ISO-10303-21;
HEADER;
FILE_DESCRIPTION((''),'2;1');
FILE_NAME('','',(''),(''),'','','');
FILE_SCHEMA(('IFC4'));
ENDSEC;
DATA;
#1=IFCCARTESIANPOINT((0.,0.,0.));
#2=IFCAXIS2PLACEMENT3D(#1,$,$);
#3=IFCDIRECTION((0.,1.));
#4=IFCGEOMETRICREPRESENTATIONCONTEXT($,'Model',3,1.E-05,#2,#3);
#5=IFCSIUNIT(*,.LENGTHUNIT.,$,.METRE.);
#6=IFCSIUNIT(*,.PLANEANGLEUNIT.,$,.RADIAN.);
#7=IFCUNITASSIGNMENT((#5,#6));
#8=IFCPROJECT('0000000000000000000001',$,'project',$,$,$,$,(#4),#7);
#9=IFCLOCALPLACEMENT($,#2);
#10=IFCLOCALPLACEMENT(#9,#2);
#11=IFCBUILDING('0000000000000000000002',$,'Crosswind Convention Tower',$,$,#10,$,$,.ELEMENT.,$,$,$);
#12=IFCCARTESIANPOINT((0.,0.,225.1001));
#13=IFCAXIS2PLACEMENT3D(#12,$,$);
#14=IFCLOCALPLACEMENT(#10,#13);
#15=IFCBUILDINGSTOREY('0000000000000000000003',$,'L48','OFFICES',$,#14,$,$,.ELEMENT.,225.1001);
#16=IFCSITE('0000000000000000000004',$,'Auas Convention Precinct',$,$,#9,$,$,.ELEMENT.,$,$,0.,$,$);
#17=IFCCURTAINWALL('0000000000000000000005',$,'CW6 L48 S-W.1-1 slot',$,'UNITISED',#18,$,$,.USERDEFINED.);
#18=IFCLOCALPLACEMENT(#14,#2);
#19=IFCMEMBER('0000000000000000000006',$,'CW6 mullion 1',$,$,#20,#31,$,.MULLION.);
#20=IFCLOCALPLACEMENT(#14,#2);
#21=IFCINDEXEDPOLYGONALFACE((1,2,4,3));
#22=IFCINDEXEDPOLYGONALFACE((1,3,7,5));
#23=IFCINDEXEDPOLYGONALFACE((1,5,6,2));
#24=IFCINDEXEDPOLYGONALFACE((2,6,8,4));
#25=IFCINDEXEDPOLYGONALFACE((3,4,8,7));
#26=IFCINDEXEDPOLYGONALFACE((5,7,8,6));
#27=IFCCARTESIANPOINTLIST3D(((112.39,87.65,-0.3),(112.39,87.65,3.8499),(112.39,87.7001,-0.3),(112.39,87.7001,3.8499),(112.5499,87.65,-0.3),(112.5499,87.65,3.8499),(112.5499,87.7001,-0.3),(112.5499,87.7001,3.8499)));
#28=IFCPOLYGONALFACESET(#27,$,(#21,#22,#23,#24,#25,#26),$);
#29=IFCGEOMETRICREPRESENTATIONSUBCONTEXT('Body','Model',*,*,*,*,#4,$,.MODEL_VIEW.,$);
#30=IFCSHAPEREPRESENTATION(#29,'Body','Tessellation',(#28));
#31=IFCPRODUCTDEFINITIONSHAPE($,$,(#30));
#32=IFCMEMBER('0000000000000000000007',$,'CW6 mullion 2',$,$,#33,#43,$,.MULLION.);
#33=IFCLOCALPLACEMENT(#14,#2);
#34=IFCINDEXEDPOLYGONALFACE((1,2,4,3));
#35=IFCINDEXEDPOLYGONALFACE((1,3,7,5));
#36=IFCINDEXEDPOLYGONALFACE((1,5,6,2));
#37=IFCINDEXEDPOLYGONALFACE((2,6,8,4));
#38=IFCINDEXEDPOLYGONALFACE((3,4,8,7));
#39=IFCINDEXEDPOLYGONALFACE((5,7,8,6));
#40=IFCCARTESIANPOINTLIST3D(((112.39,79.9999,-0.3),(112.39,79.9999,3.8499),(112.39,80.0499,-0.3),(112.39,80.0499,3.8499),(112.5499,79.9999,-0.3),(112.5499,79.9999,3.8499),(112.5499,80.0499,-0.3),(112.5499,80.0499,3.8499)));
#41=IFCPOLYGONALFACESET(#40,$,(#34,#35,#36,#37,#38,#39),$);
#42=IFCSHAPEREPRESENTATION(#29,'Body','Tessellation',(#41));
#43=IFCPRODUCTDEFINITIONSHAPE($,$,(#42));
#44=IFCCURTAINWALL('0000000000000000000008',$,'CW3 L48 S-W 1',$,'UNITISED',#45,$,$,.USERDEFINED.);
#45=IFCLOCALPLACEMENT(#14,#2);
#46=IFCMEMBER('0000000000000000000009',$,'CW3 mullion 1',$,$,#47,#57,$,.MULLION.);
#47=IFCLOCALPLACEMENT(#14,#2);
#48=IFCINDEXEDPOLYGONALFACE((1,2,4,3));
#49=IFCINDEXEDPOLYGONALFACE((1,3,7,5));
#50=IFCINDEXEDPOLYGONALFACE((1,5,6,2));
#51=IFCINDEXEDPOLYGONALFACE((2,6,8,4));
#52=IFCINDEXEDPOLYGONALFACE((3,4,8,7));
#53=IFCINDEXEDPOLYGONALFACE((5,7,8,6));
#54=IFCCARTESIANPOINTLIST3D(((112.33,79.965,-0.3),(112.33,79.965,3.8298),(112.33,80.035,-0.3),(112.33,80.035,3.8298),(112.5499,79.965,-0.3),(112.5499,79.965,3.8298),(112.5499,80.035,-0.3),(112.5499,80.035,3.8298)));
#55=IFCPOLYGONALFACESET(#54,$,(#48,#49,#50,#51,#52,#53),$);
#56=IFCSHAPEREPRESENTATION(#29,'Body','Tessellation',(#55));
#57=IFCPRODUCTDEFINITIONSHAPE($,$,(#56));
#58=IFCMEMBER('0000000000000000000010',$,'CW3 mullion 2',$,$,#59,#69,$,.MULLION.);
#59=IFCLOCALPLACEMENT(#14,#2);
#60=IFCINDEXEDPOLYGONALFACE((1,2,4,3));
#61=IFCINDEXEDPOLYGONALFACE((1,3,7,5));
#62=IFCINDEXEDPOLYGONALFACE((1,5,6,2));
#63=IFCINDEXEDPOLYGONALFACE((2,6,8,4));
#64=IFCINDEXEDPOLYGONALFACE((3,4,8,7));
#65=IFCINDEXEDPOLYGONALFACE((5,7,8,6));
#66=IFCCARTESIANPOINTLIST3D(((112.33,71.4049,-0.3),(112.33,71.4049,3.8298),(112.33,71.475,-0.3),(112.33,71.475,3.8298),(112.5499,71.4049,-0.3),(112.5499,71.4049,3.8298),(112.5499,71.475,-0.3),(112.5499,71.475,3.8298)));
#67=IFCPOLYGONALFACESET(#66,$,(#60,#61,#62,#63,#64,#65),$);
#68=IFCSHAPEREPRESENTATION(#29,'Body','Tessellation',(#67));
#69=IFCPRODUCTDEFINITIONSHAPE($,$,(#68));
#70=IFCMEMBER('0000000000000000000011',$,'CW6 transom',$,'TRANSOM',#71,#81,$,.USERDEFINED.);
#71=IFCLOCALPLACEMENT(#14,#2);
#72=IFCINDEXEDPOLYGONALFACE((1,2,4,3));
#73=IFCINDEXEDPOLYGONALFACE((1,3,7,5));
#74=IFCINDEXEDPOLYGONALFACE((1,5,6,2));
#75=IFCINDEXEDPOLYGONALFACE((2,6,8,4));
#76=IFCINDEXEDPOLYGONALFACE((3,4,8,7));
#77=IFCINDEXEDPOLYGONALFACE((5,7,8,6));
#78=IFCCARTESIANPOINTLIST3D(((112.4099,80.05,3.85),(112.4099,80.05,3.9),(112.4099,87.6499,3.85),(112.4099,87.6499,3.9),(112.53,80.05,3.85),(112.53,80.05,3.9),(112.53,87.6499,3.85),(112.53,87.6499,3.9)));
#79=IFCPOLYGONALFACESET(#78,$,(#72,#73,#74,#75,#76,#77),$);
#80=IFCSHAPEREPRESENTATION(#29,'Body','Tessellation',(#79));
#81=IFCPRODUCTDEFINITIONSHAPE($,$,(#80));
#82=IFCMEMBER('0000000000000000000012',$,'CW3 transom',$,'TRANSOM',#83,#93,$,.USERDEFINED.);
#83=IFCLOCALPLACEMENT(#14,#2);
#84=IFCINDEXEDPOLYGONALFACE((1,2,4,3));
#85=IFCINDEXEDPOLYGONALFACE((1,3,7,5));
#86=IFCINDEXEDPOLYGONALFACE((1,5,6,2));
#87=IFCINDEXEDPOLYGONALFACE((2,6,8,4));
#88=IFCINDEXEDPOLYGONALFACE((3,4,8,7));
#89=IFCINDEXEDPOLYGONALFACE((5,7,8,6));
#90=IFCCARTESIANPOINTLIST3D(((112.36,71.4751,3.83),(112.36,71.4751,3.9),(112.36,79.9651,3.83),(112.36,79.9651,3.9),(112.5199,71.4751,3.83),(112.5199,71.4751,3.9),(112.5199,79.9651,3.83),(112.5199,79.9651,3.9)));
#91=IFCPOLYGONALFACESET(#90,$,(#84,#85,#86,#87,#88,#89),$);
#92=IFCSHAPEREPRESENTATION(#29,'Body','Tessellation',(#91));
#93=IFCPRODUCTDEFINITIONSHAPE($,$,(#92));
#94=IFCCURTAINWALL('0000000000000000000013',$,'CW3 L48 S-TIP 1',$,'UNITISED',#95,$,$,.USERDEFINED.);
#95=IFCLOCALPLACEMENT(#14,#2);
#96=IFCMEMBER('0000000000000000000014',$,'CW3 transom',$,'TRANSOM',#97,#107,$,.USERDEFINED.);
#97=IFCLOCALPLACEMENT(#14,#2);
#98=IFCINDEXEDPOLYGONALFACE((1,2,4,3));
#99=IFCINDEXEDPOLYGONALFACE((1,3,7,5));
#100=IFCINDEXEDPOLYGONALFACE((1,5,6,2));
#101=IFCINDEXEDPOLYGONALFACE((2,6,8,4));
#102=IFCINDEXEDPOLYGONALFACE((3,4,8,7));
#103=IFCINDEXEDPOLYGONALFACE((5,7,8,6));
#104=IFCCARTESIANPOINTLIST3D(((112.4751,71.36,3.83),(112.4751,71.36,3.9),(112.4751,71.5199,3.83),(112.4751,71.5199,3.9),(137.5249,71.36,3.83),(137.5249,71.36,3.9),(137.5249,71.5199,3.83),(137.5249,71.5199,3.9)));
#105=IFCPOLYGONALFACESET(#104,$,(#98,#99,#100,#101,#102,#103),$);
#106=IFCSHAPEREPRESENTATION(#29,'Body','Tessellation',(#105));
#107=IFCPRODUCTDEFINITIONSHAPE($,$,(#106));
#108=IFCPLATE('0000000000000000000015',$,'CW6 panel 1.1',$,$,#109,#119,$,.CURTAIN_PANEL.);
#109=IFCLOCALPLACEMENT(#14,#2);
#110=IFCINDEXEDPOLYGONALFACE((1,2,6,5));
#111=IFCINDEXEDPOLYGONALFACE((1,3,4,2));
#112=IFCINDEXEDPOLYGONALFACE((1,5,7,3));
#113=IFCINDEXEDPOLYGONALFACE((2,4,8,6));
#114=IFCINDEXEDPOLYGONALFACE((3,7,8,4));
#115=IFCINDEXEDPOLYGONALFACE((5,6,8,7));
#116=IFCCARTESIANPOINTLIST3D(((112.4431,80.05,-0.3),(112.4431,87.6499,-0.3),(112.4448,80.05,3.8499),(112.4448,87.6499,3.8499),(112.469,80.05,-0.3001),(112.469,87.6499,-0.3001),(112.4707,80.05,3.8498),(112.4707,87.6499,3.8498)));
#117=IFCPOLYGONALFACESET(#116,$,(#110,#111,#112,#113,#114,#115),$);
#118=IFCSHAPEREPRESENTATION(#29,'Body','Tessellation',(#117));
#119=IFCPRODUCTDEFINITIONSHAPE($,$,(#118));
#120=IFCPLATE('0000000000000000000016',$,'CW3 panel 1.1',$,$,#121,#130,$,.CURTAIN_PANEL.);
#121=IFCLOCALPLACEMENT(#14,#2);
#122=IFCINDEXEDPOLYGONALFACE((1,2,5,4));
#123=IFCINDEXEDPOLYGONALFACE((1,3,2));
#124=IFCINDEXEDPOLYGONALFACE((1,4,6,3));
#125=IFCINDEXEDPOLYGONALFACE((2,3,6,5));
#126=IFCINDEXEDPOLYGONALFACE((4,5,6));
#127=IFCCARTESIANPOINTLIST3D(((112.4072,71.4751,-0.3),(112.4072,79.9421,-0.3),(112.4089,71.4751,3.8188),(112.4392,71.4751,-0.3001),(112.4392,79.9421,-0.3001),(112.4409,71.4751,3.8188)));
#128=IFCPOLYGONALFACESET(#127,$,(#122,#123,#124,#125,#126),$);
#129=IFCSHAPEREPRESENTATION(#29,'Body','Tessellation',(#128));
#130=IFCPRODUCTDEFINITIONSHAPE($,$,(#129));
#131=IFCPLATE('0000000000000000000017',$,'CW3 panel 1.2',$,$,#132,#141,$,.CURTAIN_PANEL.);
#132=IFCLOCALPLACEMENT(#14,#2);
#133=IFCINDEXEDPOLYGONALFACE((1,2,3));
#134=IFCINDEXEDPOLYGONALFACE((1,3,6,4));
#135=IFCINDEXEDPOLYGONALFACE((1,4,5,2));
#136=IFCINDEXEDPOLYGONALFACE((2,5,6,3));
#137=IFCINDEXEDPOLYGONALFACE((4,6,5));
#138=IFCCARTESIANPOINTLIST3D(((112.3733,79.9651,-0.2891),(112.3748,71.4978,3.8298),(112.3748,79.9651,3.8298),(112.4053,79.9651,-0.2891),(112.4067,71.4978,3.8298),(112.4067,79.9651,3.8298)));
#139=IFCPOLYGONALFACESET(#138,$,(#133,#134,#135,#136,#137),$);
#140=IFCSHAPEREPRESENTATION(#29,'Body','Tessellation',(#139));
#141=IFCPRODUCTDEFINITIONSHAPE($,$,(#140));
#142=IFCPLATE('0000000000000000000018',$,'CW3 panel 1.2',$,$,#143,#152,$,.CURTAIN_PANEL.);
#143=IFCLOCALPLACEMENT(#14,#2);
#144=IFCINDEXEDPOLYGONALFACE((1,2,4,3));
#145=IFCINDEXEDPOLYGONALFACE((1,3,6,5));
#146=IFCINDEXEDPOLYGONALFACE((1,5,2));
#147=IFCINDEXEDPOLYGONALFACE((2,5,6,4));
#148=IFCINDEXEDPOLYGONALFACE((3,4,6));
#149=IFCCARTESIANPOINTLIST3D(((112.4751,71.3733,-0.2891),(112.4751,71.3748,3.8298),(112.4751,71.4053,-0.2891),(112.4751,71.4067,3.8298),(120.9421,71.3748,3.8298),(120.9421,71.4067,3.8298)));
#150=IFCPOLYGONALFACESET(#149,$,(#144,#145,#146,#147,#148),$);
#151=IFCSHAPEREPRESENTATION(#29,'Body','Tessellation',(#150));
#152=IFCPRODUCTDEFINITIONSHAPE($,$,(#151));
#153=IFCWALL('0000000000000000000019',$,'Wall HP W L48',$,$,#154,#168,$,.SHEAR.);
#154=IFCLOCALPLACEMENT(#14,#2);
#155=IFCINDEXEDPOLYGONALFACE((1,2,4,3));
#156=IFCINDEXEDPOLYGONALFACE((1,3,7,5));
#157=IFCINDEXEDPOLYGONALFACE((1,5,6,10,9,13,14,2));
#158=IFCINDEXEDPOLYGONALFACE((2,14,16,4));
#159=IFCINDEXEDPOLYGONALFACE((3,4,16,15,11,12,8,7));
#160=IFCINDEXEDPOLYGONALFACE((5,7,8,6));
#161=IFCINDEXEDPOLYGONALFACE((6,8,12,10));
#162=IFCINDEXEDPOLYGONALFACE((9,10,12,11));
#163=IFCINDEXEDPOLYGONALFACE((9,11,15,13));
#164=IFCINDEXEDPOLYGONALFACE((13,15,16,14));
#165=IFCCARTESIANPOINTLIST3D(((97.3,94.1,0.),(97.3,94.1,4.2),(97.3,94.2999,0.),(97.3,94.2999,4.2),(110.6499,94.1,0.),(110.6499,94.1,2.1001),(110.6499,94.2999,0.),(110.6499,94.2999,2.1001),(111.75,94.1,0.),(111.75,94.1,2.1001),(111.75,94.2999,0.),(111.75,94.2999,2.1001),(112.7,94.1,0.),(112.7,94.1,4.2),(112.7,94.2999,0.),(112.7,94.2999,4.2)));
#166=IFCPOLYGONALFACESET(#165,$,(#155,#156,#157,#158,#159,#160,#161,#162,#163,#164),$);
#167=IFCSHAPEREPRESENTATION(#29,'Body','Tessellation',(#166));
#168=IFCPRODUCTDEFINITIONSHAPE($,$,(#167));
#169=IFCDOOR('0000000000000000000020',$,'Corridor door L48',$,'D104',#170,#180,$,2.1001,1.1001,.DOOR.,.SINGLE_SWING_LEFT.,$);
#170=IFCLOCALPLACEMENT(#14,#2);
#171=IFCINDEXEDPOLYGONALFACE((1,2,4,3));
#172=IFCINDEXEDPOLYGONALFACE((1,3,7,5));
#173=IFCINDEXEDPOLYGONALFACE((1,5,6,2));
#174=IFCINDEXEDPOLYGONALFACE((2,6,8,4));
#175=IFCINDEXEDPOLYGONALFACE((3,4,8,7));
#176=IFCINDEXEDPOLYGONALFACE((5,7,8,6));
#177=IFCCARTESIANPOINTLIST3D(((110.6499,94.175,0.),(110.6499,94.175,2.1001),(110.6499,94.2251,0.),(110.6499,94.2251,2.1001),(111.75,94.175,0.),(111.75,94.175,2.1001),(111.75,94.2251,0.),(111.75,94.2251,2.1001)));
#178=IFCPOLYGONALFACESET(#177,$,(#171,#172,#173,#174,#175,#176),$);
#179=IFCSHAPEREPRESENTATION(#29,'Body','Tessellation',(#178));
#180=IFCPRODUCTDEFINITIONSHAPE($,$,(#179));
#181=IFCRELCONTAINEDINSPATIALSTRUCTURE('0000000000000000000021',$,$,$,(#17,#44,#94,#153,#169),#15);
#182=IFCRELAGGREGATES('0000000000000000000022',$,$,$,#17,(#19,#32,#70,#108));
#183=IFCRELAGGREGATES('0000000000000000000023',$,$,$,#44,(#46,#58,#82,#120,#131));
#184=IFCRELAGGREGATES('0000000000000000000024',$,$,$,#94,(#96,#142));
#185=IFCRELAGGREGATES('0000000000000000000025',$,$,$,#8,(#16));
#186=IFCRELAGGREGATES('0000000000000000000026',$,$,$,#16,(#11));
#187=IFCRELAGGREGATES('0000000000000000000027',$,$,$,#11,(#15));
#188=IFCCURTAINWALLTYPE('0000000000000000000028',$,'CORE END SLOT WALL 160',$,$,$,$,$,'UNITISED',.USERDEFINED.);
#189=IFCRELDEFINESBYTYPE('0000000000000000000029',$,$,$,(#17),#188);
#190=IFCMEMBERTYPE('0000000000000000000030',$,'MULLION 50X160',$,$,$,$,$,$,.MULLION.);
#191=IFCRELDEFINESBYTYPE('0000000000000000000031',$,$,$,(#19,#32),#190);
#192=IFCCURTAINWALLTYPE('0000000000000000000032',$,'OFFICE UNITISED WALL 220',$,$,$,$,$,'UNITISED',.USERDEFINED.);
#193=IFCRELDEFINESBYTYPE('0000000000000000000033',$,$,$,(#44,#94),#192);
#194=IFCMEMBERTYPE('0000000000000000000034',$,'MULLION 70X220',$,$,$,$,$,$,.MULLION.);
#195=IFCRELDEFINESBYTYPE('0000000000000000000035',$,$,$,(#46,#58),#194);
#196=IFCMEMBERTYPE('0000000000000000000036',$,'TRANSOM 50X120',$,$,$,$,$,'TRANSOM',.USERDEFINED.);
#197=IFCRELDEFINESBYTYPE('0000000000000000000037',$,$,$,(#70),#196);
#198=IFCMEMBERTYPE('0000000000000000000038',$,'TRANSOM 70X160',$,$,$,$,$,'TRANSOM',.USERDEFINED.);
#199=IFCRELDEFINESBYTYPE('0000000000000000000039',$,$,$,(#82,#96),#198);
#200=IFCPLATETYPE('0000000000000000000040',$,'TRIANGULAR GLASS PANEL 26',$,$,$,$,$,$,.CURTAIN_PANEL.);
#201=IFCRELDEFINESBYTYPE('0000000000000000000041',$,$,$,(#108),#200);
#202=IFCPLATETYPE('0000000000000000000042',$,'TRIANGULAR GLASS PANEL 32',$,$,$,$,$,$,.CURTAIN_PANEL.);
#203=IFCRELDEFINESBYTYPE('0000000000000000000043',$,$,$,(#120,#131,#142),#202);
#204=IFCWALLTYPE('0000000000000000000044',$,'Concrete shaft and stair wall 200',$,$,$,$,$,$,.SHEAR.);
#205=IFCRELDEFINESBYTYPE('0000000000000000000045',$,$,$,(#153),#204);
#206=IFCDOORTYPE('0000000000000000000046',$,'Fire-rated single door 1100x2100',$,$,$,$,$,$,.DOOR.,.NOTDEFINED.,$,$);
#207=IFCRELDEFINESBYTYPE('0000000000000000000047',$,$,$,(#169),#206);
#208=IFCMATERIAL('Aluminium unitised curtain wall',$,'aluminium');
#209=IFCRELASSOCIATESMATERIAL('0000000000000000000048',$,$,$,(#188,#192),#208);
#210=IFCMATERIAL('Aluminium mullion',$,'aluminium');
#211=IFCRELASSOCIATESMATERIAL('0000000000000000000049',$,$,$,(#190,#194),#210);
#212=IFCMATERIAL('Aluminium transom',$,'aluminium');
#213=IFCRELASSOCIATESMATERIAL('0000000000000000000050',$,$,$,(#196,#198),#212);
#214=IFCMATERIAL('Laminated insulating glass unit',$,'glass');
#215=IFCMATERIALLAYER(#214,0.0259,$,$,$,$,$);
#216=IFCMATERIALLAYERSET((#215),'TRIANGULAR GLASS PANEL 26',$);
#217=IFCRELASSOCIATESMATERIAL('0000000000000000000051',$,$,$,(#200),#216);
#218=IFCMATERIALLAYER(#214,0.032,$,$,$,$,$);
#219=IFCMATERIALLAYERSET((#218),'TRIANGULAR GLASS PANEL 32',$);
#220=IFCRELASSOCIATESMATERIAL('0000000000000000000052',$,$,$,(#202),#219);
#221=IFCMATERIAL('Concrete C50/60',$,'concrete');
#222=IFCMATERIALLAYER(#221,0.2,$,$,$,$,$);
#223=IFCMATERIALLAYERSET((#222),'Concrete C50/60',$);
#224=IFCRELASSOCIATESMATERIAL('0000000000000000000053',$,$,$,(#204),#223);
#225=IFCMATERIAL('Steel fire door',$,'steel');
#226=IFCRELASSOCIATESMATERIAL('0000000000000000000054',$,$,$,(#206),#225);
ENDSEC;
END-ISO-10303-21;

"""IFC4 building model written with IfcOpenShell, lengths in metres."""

from ifc_helpers import new_model, si_unit, direction, frame, frame_2d, origin, origin_2d, place, context, subcontext, project, spatial, polyline, rectangle, outline, extrude, material, layer, layer_set, material_profile, profile_set, type_object, element, fill, aggregate, save


model = new_model("IFC4")

# Units and contexts
model_context = context("Model", 3, precision=1e-05, world=origin(), true_north=direction((0.0, 1.0)))
body_context = subcontext(model_context, "Body", "Model", "MODEL_VIEW")
ifc_project = project(units=[si_unit("LENGTHUNIT", "METRE"), si_unit("PLANEANGLEUNIT", "RADIAN")], contexts=[model_context])

# Site, building, storey
site_placement = place(None, origin())
site = spatial("IfcSite", under=ifc_project, at=site_placement, Name="Auas Convention Precinct", CompositionType="ELEMENT", RefElevation=0.0)
building_placement = place(site_placement, origin())
building = spatial("IfcBuilding", under=site, at=building_placement, Name="Crosswind Convention Tower", CompositionType="ELEMENT")
storey_placement = place(building_placement, frame((0.0, 0.0, 225.1001)))
storey = spatial("IfcBuildingStorey", under=building, at=storey_placement, Name="L48", Description="OFFICES", CompositionType="ELEMENT", Elevation=225.1001)

# Curtain walls, members
ifc_material_1 = material(Name="Aluminium unitised curtain wall", Category="aluminium")
curtain_wall_type_1 = type_object("IfcCurtainWallType", Name="CORE END SLOT WALL 160", ElementType="UNITISED", PredefinedType="USERDEFINED", material=ifc_material_1)
curtain_wall_1_placement = place(storey_placement, origin())
curtain_wall_1 = element("IfcCurtainWall", 1, at=curtain_wall_1_placement, inside=storey, type_object=curtain_wall_type_1, Name="CW6 L48 S-W.1-1 slot", ObjectType="UNITISED", PredefinedType="USERDEFINED")
ifc_material_2 = material(Name="Aluminium mullion", Category="aluminium")
ifc_material_profile_1 = material_profile(ifc_material_2, rectangle(XDim=0.1599, YDim=0.05, at=origin_2d()), Name="AL 160X50")
ifc_profile_set_1 = profile_set([ifc_material_profile_1], Name="Aluminium mullion")
member_type_1 = type_object("IfcMemberType", Name="MULLION 50X160", PredefinedType="MULLION", material=ifc_profile_set_1)
member_1_placement = place(storey_placement, frame((112.47, 87.675, -0.3), z_axis=(0.0, 0.0, 1.0), x_axis=(-1.0, 0.0, 0.0)))
member_1 = element("IfcMember", 2, at=member_1_placement, type_object=member_type_1, Name="CW6 mullion 1", PredefinedType="MULLION", context=body_context, shape_type="SweptSolid", body=[
    extrude(rectangle(XDim=0.1599, YDim=0.05, at=origin_2d()), origin(), (0.0, 0.0, 1.0), 4.1499),
])
member_2_placement = place(storey_placement, frame((112.47, 80.0249, -0.3), z_axis=(0.0, 0.0, 1.0), x_axis=(-1.0, 0.0, 0.0)))
member_2 = element("IfcMember", 3, at=member_2_placement, type_object=member_type_1, Name="CW6 mullion 2", PredefinedType="MULLION", context=body_context, shape_type="SweptSolid", body=[
    extrude(rectangle(XDim=0.1599, YDim=0.05, at=origin_2d()), origin(), (0.0, 0.0, 1.0), 4.1499),
])
curtain_wall_type_2 = type_object("IfcCurtainWallType", Name="OFFICE UNITISED WALL 220", ElementType="UNITISED", PredefinedType="USERDEFINED", material=ifc_material_1)
curtain_wall_2_placement = place(storey_placement, origin())
curtain_wall_2 = element("IfcCurtainWall", 4, at=curtain_wall_2_placement, inside=storey, type_object=curtain_wall_type_2, Name="CW3 L48 S-W 1", ObjectType="UNITISED", PredefinedType="USERDEFINED")
ifc_material_profile_2 = material_profile(ifc_material_2, rectangle(XDim=0.22, YDim=0.0701, at=origin_2d()), Name="AL 220X70")
ifc_profile_set_2 = profile_set([ifc_material_profile_2], Name="Aluminium mullion")
member_type_2 = type_object("IfcMemberType", Name="MULLION 70X220", PredefinedType="MULLION", material=ifc_profile_set_2)
member_3_placement = place(storey_placement, frame((112.4399, 80.0, -0.3), z_axis=(0.0, 0.0, 1.0), x_axis=(-1.0, 0.0, 0.0)))
member_3 = element("IfcMember", 5, at=member_3_placement, type_object=member_type_2, Name="CW3 mullion 1", PredefinedType="MULLION", context=body_context, shape_type="SweptSolid", body=[
    extrude(rectangle(XDim=0.22, YDim=0.0701, at=origin_2d()), origin(), (0.0, 0.0, 1.0), 4.1299),
])
member_4_placement = place(storey_placement, frame((112.4399, 71.4399, -0.3), z_axis=(0.0, 0.0, 1.0), x_axis=(-1.0, 0.0, 0.0)))
member_4 = element("IfcMember", 6, at=member_4_placement, type_object=member_type_2, Name="CW3 mullion 2", PredefinedType="MULLION", context=body_context, shape_type="SweptSolid", body=[
    extrude(rectangle(XDim=0.22, YDim=0.0701, at=origin_2d()), origin(), (0.0, 0.0, 1.0), 4.1299),
])

# Members
ifc_material_3 = material(Name="Aluminium transom", Category="aluminium")
ifc_material_profile_3 = material_profile(ifc_material_3, rectangle(XDim=0.1201, YDim=0.05, at=origin_2d()), Name="AL 120X50")
ifc_profile_set_3 = profile_set([ifc_material_profile_3], Name="Aluminium transom")
member_type_3 = type_object("IfcMemberType", Name="TRANSOM 50X120", ElementType="TRANSOM", PredefinedType="USERDEFINED", material=ifc_profile_set_3)
member_5_placement = place(storey_placement, frame((112.47, 87.6499, 3.875), z_axis=(0.0, -1.0, 0.0), x_axis=(1.0, 0.0, 0.0)))
member_5 = element("IfcMember", 7, at=member_5_placement, type_object=member_type_3, Name="CW6 transom", ObjectType="TRANSOM", PredefinedType="USERDEFINED", context=body_context, shape_type="SweptSolid", body=[
    extrude(rectangle(XDim=0.1201, YDim=0.05, at=origin_2d()), origin(), (0.0, 0.0, 1.0), 7.5999),
])
ifc_material_profile_4 = material_profile(ifc_material_3, rectangle(XDim=0.1599, YDim=0.0701, at=origin_2d()), Name="AL 160X70")
ifc_profile_set_4 = profile_set([ifc_material_profile_4], Name="Aluminium transom")
member_type_4 = type_object("IfcMemberType", Name="TRANSOM 70X160", ElementType="TRANSOM", PredefinedType="USERDEFINED", material=ifc_profile_set_4)
member_6_placement = place(storey_placement, frame((112.4399, 79.9651, 3.865), z_axis=(0.0, -1.0, 0.0), x_axis=(1.0, 0.0, 0.0)))
member_6 = element("IfcMember", 8, at=member_6_placement, type_object=member_type_4, Name="CW3 transom", ObjectType="TRANSOM", PredefinedType="USERDEFINED", context=body_context, shape_type="SweptSolid", body=[
    extrude(rectangle(XDim=0.1599, YDim=0.0701, at=origin_2d()), origin(), (0.0, 0.0, 1.0), 8.49),
])

# Curtain wall, member
curtain_wall_3_placement = place(storey_placement, origin())
curtain_wall_3 = element("IfcCurtainWall", 9, at=curtain_wall_3_placement, inside=storey, type_object=curtain_wall_type_2, Name="CW3 L48 S-TIP 1", ObjectType="UNITISED", PredefinedType="USERDEFINED")
member_7_placement = place(storey_placement, frame((112.4751, 71.4399, 3.865), z_axis=(1.0, 0.0, 0.0), x_axis=(0.0, 1.0, 0.0)))
member_7 = element("IfcMember", 10, at=member_7_placement, type_object=member_type_4, Name="CW3 transom", ObjectType="TRANSOM", PredefinedType="USERDEFINED", context=body_context, shape_type="SweptSolid", body=[
    extrude(rectangle(XDim=0.1599, YDim=0.0701, at=origin_2d()), origin(), (0.0, 0.0, 1.0), 25.0498),
])

# Plates
ifc_material_4 = material(Name="Laminated insulating glass unit", Category="glass")
ifc_layer_1 = layer(ifc_material_4, 0.0259)
ifc_layer_set_1 = layer_set([ifc_layer_1], Name="TRIANGULAR GLASS PANEL 26")
plate_type_1 = type_object("IfcPlateType", Name="TRIANGULAR GLASS PANEL 26", PredefinedType="CURTAIN_PANEL", material=ifc_layer_set_1)
plate_1_placement = place(storey_placement, frame((112.4431, 87.6499, -0.3), z_axis=(-1.0, 0.0, 0.000412), x_axis=(0.0, -1.0, 0.0)))
plate_1 = element("IfcPlate", 11, at=plate_1_placement, type_object=plate_type_1, Name="CW6 panel 1.1", PredefinedType="CURTAIN_PANEL", context=body_context, shape_type="SweptSolid", body=[
    extrude(outline(polyline([(0.0, 0.0), (7.5999, 0.0), (7.5999, 4.1499), (0.0, 4.1499), (0.0, 0.0)])), origin(), (0.0, 0.0, -1.0), 0.0259),
])
aggregate(curtain_wall_1, [member_1, member_2, member_5, plate_1])
ifc_layer_2 = layer(ifc_material_4, 0.032)
ifc_layer_set_2 = layer_set([ifc_layer_2], Name="TRIANGULAR GLASS PANEL 32")
plate_type_2 = type_object("IfcPlateType", Name="TRIANGULAR GLASS PANEL 32", PredefinedType="CURTAIN_PANEL", material=ifc_layer_set_2)
plate_2_placement = place(storey_placement, frame((112.4072, 71.4751, -0.3), z_axis=(-1.0, 0.0, 0.000415), x_axis=(0.000415, 0.0, 1.0)))
plate_2 = element("IfcPlate", 12, at=plate_2_placement, type_object=plate_type_2, Name="CW3 panel 1.1", PredefinedType="CURTAIN_PANEL", context=body_context, shape_type="SweptSolid", body=[
    extrude(outline(polyline([(0.0, 0.0), (4.1189, 0.0), (0.0, 8.467), (0.0, 0.0)])), origin(), (0.0, 0.0, -1.0), 0.032),
])
plate_3_placement = place(storey_placement, frame((112.3748, 79.9651, 3.8298), z_axis=(-1.0, 0.0, 0.000356), x_axis=(-0.000356, 0.0, -1.0)))
plate_3 = element("IfcPlate", 13, at=plate_3_placement, type_object=plate_type_2, Name="CW3 panel 1.2", PredefinedType="CURTAIN_PANEL", context=body_context, shape_type="SweptSolid", body=[
    extrude(outline(polyline([(0.0, 0.0), (4.1189, 0.0), (0.0, 8.4673), (0.0, 0.0)])), origin(), (0.0, 0.0, -1.0), 0.032),
])
plate_4_placement = place(storey_placement, frame((112.4751, 71.3748, 3.8298), z_axis=(0.0, -1.0, 0.000356), x_axis=(0.0, -0.000356, -1.0)))
plate_4 = element("IfcPlate", 14, at=plate_4_placement, type_object=plate_type_2, Name="CW3 panel 1.2", PredefinedType="CURTAIN_PANEL", context=body_context, shape_type="SweptSolid", body=[
    extrude(outline(polyline([(0.0, 0.0), (4.1189, 0.0), (0.0, 8.467), (0.0, 0.0)])), origin(), (0.0, 0.0, -1.0), 0.032),
])

# Wall, opening, door
ifc_material_5 = material(Name="Concrete C50/60", Category="concrete")
ifc_layer_3 = layer(ifc_material_5, 0.2)
ifc_layer_set_3 = layer_set([ifc_layer_3], Name="Concrete C50/60")
wall_type_1 = type_object("IfcWallType", Name="Concrete shaft and stair wall 200", PredefinedType="SHEAR", material=ifc_layer_set_3)
wall_1_placement = place(storey_placement, frame((112.7, 94.2, 0.0), z_axis=(0.0, 0.0, 1.0), x_axis=(-1.0, 0.0, 0.0)))
wall_1 = element("IfcWall", 15, at=wall_1_placement, inside=storey, type_object=wall_type_1, Name="Wall HP W L48", PredefinedType="SHEAR", context=body_context, shape_type="SweptSolid", body=[
    extrude(rectangle(XDim=15.3999, YDim=0.2, at=frame_2d((7.7, 0.0))), origin(), (0.0, 0.0, 1.0), 4.2),
])
opening_1_placement = place(wall_1_placement, frame((0.95, 0.0, 0.0)))
opening_1 = element("IfcOpeningElement", 16, at=opening_1_placement, cuts=wall_1, PredefinedType="OPENING", context=body_context, shape_type="SweptSolid", body=[
    extrude(rectangle(XDim=1.1001, YDim=2.1001, at=frame_2d((0.55, 1.05))), frame((0.0, 0.1099, 0.0), z_axis=(0.0, -1.0, 0.0), x_axis=(1.0, 0.0, 0.0)), (0.0, 0.0, 1.0), 0.22),
])
ifc_material_6 = material(Name="Steel fire door", Category="steel")
door_type_1 = type_object("IfcDoorType", Name="Fire-rated single door 1100x2100", OperationType="NOTDEFINED", PredefinedType="DOOR", material=ifc_material_6)
door_1_placement = place(opening_1_placement, origin())
door_1 = element("IfcDoor", 17, at=door_1_placement, inside=storey, type_object=door_type_1, Name="Corridor door L48", ObjectType="D104", OperationType="SINGLE_SWING_LEFT", OverallHeight=2.1001, OverallWidth=1.1001, PredefinedType="DOOR", context=body_context, shape_type="SweptSolid", body=[
    extrude(rectangle(XDim=1.1001, YDim=2.1001, at=frame_2d((0.55, 1.05))), frame((0.0, 0.0249, 0.0), z_axis=(0.0, -1.0, 0.0), x_axis=(1.0, 0.0, 0.0)), (0.0, 0.0, 1.0), 0.05),
])
fill(opening_1, door_1)

aggregate(curtain_wall_2, [member_3, member_4, member_6, plate_2, plate_3])
aggregate(curtain_wall_3, [member_7, plate_4])

save(model, "model.ifc")
